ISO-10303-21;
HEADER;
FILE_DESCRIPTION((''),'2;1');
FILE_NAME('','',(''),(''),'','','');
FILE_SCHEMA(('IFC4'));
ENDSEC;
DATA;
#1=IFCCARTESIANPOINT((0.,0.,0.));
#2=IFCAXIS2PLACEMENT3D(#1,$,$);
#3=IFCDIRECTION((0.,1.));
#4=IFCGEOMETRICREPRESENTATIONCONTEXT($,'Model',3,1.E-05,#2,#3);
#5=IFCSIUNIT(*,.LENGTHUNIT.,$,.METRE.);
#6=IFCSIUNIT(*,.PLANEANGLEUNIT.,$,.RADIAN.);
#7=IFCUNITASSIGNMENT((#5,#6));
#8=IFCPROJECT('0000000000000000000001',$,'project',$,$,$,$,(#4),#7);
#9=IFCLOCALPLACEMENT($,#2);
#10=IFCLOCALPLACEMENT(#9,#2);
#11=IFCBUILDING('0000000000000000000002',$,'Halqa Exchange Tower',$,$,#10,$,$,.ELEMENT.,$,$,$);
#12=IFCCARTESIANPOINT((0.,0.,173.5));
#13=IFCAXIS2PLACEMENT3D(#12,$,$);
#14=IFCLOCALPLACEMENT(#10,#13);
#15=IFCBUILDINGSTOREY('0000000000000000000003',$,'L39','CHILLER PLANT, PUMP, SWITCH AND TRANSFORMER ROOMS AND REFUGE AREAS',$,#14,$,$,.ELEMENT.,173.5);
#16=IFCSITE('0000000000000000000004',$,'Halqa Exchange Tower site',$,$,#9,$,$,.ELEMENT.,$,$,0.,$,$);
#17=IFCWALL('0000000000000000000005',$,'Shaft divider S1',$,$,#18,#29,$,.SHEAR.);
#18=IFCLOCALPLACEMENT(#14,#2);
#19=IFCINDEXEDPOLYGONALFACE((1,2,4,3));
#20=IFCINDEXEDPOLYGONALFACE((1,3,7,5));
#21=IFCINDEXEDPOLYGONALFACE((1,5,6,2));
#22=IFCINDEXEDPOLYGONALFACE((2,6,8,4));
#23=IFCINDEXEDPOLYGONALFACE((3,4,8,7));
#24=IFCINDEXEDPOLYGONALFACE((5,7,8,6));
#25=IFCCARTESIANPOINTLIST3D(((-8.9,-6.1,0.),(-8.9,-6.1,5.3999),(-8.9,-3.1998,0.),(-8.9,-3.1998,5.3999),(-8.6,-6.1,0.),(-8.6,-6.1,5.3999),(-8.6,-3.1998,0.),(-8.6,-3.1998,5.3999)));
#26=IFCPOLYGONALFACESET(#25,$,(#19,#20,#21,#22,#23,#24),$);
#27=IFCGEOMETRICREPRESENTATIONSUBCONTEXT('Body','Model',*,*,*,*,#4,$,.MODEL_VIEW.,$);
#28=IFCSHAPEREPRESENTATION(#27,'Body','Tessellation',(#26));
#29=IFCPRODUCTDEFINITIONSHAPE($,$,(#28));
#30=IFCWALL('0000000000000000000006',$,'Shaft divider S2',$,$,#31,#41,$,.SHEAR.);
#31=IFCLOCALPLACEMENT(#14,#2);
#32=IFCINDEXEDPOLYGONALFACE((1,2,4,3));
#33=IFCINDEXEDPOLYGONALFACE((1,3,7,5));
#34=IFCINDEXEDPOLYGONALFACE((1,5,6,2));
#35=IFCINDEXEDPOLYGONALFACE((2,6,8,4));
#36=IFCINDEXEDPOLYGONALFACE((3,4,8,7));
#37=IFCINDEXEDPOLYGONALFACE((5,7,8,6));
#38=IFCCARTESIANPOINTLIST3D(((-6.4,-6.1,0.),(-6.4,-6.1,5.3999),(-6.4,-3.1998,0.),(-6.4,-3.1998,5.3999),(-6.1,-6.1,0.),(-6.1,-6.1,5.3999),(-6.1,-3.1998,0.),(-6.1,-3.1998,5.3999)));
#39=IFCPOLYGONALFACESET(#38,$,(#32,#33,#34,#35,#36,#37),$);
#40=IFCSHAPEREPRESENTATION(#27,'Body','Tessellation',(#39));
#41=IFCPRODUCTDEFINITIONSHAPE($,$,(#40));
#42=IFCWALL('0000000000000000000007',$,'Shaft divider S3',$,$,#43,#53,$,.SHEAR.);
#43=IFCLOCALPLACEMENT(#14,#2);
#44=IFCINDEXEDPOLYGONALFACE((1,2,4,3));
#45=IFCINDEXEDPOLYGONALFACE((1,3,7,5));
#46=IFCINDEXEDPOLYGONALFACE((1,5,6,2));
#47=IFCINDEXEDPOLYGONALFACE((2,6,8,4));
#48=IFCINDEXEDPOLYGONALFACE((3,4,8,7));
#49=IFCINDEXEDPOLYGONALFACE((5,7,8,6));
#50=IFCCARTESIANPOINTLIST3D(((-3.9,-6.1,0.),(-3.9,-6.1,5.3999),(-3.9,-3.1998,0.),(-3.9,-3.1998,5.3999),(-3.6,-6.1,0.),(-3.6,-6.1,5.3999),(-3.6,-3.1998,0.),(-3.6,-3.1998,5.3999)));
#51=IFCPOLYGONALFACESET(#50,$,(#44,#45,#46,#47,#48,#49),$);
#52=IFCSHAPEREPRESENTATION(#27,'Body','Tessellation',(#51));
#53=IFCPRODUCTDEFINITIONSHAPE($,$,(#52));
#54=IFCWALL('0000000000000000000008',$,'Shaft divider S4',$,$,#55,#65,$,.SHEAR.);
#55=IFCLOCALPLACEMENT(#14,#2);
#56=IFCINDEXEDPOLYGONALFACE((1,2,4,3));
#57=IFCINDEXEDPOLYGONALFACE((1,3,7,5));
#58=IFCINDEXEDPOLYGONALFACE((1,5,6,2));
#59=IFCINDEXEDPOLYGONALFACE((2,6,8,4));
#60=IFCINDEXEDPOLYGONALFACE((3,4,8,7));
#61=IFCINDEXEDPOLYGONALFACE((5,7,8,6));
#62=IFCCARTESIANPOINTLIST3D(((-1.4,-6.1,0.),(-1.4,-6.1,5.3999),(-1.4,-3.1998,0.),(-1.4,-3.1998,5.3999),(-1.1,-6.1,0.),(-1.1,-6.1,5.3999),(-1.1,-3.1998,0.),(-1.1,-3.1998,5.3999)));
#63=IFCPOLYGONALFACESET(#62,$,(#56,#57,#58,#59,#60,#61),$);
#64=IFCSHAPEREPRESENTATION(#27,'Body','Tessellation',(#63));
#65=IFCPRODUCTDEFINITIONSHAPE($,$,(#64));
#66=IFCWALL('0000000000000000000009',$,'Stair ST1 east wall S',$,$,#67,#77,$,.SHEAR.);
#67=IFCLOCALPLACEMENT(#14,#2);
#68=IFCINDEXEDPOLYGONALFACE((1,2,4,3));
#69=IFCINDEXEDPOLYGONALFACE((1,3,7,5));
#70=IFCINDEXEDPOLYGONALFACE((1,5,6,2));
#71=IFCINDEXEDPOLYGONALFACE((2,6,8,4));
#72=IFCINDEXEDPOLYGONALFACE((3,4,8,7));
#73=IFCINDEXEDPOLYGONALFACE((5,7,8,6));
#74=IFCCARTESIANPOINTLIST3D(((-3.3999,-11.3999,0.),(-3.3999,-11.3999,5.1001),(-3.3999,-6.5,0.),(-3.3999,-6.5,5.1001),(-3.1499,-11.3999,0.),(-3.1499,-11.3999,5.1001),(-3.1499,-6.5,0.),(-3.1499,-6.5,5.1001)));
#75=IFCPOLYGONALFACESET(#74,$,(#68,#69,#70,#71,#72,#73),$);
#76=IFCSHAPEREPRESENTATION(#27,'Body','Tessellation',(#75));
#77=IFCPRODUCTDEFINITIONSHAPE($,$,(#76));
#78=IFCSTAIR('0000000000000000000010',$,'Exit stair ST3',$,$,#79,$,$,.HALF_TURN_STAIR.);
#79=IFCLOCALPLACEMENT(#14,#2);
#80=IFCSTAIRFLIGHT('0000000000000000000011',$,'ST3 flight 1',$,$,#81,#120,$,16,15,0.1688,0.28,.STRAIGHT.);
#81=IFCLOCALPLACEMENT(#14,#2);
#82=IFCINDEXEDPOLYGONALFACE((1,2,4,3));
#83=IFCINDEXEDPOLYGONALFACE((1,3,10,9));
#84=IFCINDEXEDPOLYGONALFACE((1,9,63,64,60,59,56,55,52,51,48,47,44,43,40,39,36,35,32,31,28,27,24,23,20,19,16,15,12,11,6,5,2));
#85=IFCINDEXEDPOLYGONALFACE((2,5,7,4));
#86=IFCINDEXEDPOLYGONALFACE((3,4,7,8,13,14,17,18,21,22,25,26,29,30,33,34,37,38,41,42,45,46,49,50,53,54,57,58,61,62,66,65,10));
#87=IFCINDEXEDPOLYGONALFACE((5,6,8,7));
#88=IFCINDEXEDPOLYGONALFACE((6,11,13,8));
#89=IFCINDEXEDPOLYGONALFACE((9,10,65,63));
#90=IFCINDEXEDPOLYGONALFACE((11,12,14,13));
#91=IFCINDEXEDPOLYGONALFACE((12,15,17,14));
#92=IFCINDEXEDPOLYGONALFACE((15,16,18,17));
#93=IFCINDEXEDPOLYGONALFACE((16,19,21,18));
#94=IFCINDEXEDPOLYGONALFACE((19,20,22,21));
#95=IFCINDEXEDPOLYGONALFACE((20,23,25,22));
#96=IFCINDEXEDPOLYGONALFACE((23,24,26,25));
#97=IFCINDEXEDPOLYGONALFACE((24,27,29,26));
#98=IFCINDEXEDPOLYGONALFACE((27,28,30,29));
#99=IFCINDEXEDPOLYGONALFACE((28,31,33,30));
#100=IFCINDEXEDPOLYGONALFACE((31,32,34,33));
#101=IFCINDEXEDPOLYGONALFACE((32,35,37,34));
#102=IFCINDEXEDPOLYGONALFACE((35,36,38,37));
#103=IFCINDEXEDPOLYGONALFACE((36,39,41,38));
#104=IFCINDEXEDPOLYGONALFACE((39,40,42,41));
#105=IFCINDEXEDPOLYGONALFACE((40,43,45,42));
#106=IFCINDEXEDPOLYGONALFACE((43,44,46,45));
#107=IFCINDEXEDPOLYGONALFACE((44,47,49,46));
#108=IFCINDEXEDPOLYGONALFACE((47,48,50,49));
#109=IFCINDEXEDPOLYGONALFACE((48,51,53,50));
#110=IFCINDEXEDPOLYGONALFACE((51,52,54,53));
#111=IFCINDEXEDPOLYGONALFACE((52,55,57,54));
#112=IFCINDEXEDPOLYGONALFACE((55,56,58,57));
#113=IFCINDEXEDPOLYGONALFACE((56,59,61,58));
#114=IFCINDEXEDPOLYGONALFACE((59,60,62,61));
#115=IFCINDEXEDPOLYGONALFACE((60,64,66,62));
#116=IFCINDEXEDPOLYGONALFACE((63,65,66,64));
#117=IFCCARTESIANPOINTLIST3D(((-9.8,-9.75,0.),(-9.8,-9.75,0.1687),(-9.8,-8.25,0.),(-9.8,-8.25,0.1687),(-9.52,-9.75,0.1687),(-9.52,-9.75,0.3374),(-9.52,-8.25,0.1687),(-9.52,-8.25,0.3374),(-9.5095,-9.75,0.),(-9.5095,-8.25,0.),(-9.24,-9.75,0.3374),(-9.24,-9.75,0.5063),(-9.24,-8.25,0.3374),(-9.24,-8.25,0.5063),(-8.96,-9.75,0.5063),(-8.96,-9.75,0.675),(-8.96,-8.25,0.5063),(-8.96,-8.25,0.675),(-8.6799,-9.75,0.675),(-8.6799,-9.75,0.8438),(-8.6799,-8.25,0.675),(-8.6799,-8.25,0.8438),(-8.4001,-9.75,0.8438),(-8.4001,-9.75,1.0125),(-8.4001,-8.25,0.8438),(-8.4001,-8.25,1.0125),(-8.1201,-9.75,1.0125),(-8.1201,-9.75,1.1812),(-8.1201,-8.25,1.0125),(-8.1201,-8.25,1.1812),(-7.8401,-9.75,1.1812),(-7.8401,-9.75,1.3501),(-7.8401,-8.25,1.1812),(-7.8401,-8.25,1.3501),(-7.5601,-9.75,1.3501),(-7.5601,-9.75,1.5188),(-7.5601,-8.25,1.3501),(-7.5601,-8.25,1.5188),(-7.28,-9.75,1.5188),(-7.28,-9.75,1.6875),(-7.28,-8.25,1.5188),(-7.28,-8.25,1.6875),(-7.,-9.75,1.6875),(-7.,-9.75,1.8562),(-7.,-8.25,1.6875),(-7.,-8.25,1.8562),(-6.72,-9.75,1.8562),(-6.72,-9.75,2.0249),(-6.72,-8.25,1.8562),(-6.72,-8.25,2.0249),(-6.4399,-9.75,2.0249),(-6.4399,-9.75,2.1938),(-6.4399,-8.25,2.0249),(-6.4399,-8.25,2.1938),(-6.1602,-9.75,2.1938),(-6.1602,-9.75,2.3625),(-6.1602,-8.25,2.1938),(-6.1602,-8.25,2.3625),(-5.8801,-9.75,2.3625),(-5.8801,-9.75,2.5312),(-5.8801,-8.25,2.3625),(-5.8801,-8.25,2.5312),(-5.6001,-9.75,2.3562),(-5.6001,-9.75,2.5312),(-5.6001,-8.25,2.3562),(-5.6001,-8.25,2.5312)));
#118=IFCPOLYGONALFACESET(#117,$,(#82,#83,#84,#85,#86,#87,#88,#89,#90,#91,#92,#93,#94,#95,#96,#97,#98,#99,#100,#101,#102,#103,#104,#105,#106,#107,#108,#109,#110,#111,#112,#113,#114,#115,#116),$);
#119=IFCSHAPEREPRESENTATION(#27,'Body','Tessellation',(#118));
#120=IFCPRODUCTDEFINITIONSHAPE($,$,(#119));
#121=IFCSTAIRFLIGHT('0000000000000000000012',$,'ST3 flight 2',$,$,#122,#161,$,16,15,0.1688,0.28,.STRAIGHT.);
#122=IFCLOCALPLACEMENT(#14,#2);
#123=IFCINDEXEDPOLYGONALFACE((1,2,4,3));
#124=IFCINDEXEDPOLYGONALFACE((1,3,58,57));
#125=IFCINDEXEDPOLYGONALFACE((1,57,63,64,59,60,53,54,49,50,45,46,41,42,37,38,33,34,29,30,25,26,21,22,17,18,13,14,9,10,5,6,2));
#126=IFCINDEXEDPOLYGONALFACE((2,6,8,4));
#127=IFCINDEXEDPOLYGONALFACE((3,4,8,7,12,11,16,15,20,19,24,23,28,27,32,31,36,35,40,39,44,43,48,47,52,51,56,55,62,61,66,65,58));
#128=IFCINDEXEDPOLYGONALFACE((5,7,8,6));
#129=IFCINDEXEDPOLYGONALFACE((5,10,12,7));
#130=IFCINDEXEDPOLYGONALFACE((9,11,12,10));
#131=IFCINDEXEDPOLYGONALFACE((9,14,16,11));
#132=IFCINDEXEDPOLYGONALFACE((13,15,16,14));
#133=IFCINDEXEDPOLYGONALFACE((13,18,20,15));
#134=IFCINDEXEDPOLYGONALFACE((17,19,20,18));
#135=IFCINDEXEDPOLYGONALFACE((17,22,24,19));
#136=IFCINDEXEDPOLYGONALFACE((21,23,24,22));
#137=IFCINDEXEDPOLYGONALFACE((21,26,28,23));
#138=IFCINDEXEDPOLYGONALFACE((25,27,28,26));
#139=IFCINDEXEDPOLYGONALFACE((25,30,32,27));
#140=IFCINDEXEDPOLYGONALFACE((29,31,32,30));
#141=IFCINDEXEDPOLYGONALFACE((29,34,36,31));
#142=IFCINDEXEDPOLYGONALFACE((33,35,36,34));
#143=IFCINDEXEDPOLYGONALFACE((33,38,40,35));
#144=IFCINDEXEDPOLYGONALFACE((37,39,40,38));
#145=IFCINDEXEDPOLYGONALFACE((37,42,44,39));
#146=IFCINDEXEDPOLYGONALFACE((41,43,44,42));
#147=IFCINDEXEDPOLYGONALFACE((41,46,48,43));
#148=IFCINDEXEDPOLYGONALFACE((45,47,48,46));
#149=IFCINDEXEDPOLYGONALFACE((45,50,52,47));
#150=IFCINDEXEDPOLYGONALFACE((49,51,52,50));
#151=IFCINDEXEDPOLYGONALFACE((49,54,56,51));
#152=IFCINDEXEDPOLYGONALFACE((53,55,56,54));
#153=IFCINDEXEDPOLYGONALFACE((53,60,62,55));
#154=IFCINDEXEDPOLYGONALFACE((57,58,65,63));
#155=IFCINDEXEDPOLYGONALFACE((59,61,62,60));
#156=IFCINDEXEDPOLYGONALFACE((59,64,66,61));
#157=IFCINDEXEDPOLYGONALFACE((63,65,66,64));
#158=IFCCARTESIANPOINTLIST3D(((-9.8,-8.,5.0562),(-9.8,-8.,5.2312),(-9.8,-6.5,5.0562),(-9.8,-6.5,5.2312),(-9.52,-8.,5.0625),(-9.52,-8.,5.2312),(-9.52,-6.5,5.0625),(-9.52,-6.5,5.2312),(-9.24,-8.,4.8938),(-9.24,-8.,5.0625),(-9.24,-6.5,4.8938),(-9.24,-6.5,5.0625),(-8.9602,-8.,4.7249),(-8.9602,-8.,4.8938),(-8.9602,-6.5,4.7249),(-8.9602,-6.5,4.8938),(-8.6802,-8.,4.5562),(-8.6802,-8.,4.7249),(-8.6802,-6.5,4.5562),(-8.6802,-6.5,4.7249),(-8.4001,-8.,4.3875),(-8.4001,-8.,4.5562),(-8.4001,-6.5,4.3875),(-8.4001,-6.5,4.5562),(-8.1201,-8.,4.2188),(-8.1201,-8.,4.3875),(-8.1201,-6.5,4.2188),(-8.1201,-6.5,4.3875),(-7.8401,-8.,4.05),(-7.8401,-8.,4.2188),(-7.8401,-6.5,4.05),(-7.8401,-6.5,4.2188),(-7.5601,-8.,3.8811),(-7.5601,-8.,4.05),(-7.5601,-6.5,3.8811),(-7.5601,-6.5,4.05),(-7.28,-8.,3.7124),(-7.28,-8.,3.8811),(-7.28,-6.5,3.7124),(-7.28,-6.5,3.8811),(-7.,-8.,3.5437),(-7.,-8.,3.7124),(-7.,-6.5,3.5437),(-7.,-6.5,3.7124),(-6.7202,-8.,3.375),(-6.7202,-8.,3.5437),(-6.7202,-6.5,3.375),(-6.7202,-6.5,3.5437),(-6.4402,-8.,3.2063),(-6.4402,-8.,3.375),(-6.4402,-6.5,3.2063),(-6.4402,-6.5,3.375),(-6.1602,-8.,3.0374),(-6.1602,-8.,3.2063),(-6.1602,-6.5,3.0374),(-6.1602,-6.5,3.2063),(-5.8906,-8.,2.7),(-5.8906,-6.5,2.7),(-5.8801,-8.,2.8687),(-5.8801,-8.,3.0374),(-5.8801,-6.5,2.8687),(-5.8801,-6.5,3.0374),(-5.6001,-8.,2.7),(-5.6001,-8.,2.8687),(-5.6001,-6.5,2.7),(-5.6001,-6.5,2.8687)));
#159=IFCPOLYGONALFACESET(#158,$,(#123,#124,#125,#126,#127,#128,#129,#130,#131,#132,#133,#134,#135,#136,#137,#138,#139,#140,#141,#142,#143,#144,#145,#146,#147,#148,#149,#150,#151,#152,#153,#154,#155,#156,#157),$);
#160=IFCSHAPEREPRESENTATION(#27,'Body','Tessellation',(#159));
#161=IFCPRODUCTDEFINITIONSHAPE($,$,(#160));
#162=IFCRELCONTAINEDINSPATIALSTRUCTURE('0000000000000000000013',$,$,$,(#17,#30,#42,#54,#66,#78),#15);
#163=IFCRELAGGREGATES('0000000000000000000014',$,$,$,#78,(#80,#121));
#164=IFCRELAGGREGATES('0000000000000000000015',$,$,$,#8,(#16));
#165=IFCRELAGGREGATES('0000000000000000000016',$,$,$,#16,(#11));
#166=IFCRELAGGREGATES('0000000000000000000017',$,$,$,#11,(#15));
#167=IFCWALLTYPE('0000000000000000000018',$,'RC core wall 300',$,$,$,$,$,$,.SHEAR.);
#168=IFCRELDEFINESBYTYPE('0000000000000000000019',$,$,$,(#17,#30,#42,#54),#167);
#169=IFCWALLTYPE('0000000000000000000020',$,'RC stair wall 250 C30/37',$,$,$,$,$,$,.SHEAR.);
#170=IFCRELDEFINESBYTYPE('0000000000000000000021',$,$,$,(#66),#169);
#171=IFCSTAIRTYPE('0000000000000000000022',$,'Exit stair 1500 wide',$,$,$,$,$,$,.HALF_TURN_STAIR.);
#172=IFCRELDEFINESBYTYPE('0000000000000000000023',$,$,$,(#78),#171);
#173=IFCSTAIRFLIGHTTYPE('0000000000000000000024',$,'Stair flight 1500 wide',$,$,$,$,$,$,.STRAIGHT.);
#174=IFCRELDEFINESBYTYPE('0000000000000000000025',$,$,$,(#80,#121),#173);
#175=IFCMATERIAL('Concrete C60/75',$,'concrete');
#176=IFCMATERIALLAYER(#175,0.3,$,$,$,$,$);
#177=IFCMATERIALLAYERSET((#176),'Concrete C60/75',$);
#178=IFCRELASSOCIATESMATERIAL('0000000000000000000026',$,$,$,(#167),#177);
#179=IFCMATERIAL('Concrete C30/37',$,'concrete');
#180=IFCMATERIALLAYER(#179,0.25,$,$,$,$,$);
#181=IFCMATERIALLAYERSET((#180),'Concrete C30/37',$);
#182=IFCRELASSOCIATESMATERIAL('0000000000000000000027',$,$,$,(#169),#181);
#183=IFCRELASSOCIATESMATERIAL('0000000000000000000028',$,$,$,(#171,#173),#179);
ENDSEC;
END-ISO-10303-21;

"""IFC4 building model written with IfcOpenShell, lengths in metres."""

from ifc_helpers import new_model, si_unit, direction, frame, frame_2d, origin, place, context, subcontext, project, spatial, polyline, rectangle, outline, extrude, material, layer, layer_set, type_object, element, aggregate, save


model = new_model("IFC4")

# Units and contexts
model_context = context("Model", 3, precision=1e-05, world=origin(), true_north=direction((0.0, 1.0)))
body_context = subcontext(model_context, "Body", "Model", "MODEL_VIEW")
ifc_project = project(units=[si_unit("LENGTHUNIT", "METRE"), si_unit("PLANEANGLEUNIT", "RADIAN")], contexts=[model_context])

# Site, building, storey
site_placement = place(None, origin())
site = spatial("IfcSite", under=ifc_project, at=site_placement, Name="Halqa Exchange Tower site", CompositionType="ELEMENT", RefElevation=0.0)
building_placement = place(site_placement, origin())
building = spatial("IfcBuilding", under=site, at=building_placement, Name="Halqa Exchange Tower", CompositionType="ELEMENT")
storey_placement = place(building_placement, frame((0.0, 0.0, 173.5)))
storey = spatial("IfcBuildingStorey", under=building, at=storey_placement, Name="L39", Description="CHILLER PLANT, PUMP, SWITCH AND TRANSFORMER ROOMS AND REFUGE AREAS", CompositionType="ELEMENT", Elevation=173.5)

# Walls
ifc_material_1 = material(Name="Concrete C60/75", Category="concrete")
ifc_layer_1 = layer(ifc_material_1, 0.3)
ifc_layer_set_1 = layer_set([ifc_layer_1], Name="Concrete C60/75")
wall_type_1 = type_object("IfcWallType", Name="RC core wall 300", PredefinedType="SHEAR", material=ifc_layer_set_1)
for number, where, z_axis, x_axis, name in (
    (1, (-8.75, -6.1001, 0.0), (0.0, 0.0, 1.0), (0.0, 1.0, 0.0), "Shaft divider S1"),
    (2, (-6.25, -6.1001, 0.0), (0.0, 0.0, 1.0), (0.0, 1.0, 0.0), "Shaft divider S2"),
    (3, (-3.75, -6.1001, 0.0), (0.0, 0.0, 1.0), (0.0, 1.0, 0.0), "Shaft divider S3"),
    (4, (-1.25, -6.1001, 0.0), (0.0, 0.0, 1.0), (0.0, 1.0, 0.0), "Shaft divider S4"),
):
    element("IfcWall", number, at=place(storey_placement, frame(where, z_axis=z_axis, x_axis=x_axis)), inside=storey, type_object=wall_type_1, Name=name, PredefinedType="SHEAR", context=body_context, shape_type="SweptSolid", body=[
        extrude(rectangle(XDim=2.9001, YDim=0.3, at=frame_2d((1.4502, 0.0))), origin(), (0.0, 0.0, 1.0), 5.3999),
    ])
ifc_material_2 = material(Name="Concrete C30/37", Category="concrete")
ifc_layer_2 = layer(ifc_material_2, 0.25)
ifc_layer_set_2 = layer_set([ifc_layer_2], Name="Concrete C30/37")
wall_type_2 = type_object("IfcWallType", Name="RC stair wall 250 C30/37", PredefinedType="SHEAR", material=ifc_layer_set_2)
wall_placement = place(storey_placement, frame((-3.2749, -11.3999, 0.0), z_axis=(0.0, 0.0, 1.0), x_axis=(0.0, 1.0, 0.0)))
element("IfcWall", 5, at=wall_placement, inside=storey, type_object=wall_type_2, Name="Stair ST1 east wall S", PredefinedType="SHEAR", context=body_context, shape_type="SweptSolid", body=[
    extrude(rectangle(XDim=4.8999, YDim=0.25, at=frame_2d((2.45, 0.0))), origin(), (0.0, 0.0, 1.0), 5.1001),
])

# Stair, stair flights
stair_type = type_object("IfcStairType", Name="Exit stair 1500 wide", PredefinedType="HALF_TURN_STAIR", material=ifc_material_2)
stair_placement = place(storey_placement, origin())
stair = element("IfcStair", 6, at=stair_placement, inside=storey, type_object=stair_type, Name="Exit stair ST3", PredefinedType="HALF_TURN_STAIR")
stair_flight_type = type_object("IfcStairFlightType", Name="Stair flight 1500 wide", PredefinedType="STRAIGHT", material=ifc_material_2)
stair_flight_1_placement = place(storey_placement, frame((-9.8, -9.0, 0.0), z_axis=(0.0, 0.0, 1.0), x_axis=(1.0, 0.0, 0.0)))
stair_flight_1 = element("IfcStairFlight", 7, at=stair_flight_1_placement, type_object=stair_flight_type, Name="ST3 flight 1", NumberOfRisers=16, NumberOfTreads=15, PredefinedType="STRAIGHT", RiserHeight=0.1688, TreadLength=0.28, context=body_context, shape_type="SweptSolid", body=[
    extrude(outline(polyline([(0.0, 0.0), (0.0, 0.1687), (0.28, 0.1687), (0.28, 0.3374), (0.5601, 0.3374), (0.5601, 0.5063), (0.8401, 0.5063), (0.8401, 0.675), (1.1201, 0.675), (1.1201, 0.8438), (1.3999, 0.8438), (1.3999, 1.0125), (1.6799, 1.0125), (1.6799, 1.1812), (1.96, 1.1812), (1.96, 1.3501), (2.24, 1.3501), (2.24, 1.5188), (2.52, 1.5188), (2.52, 1.6875), (2.8, 1.6875), (2.8, 1.8562), (3.0801, 1.8562), (3.0801, 2.0249), (3.3601, 2.0249), (3.3601, 2.1938), (3.6399, 2.1938), (3.6399, 2.3625), (3.9199, 2.3625), (3.9199, 2.5312), (4.2, 2.5312), (4.2, 2.7), (4.2, 2.3562), (0.2905, 0.0), (0.0, 0.0)])), frame((0.0, 0.75, 0.0), z_axis=(0.0, -1.0, 0.0), x_axis=(1.0, 0.0, 0.0)), (0.0, 0.0, 1.0), 1.5),
])
stair_flight_2_placement = place(storey_placement, frame((-5.6001, -7.25, 2.7), z_axis=(0.0, 0.0, 1.0), x_axis=(-1.0, 0.0, 0.0)))
stair_flight_2 = element("IfcStairFlight", 8, at=stair_flight_2_placement, type_object=stair_flight_type, Name="ST3 flight 2", NumberOfRisers=16, NumberOfTreads=15, PredefinedType="STRAIGHT", RiserHeight=0.1688, TreadLength=0.28, context=body_context, shape_type="SweptSolid", body=[
    extrude(outline(polyline([(0.0, 0.0), (0.0, 0.1687), (0.28, 0.1687), (0.28, 0.3374), (0.5601, 0.3374), (0.5601, 0.5063), (0.8401, 0.5063), (0.8401, 0.675), (1.1201, 0.675), (1.1201, 0.8438), (1.3999, 0.8438), (1.3999, 1.0125), (1.6799, 1.0125), (1.6799, 1.1812), (1.96, 1.1812), (1.96, 1.3501), (2.24, 1.3501), (2.24, 1.5188), (2.52, 1.5188), (2.52, 1.6875), (2.8, 1.6875), (2.8, 1.8562), (3.0801, 1.8562), (3.0801, 2.0249), (3.3601, 2.0249), (3.3601, 2.1938), (3.6399, 2.1938), (3.6399, 2.3625), (3.9199, 2.3625), (3.9199, 2.5312), (4.2, 2.5312), (4.2, 2.7), (4.2, 2.3562), (0.2905, 0.0), (0.0, 0.0)])), frame((0.0, 0.75, 0.0), z_axis=(0.0, -1.0, 0.0), x_axis=(1.0, 0.0, 0.0)), (0.0, 0.0, 1.0), 1.5),
])
aggregate(stair, [stair_flight_1, stair_flight_2])

save(model, "model.ifc")
